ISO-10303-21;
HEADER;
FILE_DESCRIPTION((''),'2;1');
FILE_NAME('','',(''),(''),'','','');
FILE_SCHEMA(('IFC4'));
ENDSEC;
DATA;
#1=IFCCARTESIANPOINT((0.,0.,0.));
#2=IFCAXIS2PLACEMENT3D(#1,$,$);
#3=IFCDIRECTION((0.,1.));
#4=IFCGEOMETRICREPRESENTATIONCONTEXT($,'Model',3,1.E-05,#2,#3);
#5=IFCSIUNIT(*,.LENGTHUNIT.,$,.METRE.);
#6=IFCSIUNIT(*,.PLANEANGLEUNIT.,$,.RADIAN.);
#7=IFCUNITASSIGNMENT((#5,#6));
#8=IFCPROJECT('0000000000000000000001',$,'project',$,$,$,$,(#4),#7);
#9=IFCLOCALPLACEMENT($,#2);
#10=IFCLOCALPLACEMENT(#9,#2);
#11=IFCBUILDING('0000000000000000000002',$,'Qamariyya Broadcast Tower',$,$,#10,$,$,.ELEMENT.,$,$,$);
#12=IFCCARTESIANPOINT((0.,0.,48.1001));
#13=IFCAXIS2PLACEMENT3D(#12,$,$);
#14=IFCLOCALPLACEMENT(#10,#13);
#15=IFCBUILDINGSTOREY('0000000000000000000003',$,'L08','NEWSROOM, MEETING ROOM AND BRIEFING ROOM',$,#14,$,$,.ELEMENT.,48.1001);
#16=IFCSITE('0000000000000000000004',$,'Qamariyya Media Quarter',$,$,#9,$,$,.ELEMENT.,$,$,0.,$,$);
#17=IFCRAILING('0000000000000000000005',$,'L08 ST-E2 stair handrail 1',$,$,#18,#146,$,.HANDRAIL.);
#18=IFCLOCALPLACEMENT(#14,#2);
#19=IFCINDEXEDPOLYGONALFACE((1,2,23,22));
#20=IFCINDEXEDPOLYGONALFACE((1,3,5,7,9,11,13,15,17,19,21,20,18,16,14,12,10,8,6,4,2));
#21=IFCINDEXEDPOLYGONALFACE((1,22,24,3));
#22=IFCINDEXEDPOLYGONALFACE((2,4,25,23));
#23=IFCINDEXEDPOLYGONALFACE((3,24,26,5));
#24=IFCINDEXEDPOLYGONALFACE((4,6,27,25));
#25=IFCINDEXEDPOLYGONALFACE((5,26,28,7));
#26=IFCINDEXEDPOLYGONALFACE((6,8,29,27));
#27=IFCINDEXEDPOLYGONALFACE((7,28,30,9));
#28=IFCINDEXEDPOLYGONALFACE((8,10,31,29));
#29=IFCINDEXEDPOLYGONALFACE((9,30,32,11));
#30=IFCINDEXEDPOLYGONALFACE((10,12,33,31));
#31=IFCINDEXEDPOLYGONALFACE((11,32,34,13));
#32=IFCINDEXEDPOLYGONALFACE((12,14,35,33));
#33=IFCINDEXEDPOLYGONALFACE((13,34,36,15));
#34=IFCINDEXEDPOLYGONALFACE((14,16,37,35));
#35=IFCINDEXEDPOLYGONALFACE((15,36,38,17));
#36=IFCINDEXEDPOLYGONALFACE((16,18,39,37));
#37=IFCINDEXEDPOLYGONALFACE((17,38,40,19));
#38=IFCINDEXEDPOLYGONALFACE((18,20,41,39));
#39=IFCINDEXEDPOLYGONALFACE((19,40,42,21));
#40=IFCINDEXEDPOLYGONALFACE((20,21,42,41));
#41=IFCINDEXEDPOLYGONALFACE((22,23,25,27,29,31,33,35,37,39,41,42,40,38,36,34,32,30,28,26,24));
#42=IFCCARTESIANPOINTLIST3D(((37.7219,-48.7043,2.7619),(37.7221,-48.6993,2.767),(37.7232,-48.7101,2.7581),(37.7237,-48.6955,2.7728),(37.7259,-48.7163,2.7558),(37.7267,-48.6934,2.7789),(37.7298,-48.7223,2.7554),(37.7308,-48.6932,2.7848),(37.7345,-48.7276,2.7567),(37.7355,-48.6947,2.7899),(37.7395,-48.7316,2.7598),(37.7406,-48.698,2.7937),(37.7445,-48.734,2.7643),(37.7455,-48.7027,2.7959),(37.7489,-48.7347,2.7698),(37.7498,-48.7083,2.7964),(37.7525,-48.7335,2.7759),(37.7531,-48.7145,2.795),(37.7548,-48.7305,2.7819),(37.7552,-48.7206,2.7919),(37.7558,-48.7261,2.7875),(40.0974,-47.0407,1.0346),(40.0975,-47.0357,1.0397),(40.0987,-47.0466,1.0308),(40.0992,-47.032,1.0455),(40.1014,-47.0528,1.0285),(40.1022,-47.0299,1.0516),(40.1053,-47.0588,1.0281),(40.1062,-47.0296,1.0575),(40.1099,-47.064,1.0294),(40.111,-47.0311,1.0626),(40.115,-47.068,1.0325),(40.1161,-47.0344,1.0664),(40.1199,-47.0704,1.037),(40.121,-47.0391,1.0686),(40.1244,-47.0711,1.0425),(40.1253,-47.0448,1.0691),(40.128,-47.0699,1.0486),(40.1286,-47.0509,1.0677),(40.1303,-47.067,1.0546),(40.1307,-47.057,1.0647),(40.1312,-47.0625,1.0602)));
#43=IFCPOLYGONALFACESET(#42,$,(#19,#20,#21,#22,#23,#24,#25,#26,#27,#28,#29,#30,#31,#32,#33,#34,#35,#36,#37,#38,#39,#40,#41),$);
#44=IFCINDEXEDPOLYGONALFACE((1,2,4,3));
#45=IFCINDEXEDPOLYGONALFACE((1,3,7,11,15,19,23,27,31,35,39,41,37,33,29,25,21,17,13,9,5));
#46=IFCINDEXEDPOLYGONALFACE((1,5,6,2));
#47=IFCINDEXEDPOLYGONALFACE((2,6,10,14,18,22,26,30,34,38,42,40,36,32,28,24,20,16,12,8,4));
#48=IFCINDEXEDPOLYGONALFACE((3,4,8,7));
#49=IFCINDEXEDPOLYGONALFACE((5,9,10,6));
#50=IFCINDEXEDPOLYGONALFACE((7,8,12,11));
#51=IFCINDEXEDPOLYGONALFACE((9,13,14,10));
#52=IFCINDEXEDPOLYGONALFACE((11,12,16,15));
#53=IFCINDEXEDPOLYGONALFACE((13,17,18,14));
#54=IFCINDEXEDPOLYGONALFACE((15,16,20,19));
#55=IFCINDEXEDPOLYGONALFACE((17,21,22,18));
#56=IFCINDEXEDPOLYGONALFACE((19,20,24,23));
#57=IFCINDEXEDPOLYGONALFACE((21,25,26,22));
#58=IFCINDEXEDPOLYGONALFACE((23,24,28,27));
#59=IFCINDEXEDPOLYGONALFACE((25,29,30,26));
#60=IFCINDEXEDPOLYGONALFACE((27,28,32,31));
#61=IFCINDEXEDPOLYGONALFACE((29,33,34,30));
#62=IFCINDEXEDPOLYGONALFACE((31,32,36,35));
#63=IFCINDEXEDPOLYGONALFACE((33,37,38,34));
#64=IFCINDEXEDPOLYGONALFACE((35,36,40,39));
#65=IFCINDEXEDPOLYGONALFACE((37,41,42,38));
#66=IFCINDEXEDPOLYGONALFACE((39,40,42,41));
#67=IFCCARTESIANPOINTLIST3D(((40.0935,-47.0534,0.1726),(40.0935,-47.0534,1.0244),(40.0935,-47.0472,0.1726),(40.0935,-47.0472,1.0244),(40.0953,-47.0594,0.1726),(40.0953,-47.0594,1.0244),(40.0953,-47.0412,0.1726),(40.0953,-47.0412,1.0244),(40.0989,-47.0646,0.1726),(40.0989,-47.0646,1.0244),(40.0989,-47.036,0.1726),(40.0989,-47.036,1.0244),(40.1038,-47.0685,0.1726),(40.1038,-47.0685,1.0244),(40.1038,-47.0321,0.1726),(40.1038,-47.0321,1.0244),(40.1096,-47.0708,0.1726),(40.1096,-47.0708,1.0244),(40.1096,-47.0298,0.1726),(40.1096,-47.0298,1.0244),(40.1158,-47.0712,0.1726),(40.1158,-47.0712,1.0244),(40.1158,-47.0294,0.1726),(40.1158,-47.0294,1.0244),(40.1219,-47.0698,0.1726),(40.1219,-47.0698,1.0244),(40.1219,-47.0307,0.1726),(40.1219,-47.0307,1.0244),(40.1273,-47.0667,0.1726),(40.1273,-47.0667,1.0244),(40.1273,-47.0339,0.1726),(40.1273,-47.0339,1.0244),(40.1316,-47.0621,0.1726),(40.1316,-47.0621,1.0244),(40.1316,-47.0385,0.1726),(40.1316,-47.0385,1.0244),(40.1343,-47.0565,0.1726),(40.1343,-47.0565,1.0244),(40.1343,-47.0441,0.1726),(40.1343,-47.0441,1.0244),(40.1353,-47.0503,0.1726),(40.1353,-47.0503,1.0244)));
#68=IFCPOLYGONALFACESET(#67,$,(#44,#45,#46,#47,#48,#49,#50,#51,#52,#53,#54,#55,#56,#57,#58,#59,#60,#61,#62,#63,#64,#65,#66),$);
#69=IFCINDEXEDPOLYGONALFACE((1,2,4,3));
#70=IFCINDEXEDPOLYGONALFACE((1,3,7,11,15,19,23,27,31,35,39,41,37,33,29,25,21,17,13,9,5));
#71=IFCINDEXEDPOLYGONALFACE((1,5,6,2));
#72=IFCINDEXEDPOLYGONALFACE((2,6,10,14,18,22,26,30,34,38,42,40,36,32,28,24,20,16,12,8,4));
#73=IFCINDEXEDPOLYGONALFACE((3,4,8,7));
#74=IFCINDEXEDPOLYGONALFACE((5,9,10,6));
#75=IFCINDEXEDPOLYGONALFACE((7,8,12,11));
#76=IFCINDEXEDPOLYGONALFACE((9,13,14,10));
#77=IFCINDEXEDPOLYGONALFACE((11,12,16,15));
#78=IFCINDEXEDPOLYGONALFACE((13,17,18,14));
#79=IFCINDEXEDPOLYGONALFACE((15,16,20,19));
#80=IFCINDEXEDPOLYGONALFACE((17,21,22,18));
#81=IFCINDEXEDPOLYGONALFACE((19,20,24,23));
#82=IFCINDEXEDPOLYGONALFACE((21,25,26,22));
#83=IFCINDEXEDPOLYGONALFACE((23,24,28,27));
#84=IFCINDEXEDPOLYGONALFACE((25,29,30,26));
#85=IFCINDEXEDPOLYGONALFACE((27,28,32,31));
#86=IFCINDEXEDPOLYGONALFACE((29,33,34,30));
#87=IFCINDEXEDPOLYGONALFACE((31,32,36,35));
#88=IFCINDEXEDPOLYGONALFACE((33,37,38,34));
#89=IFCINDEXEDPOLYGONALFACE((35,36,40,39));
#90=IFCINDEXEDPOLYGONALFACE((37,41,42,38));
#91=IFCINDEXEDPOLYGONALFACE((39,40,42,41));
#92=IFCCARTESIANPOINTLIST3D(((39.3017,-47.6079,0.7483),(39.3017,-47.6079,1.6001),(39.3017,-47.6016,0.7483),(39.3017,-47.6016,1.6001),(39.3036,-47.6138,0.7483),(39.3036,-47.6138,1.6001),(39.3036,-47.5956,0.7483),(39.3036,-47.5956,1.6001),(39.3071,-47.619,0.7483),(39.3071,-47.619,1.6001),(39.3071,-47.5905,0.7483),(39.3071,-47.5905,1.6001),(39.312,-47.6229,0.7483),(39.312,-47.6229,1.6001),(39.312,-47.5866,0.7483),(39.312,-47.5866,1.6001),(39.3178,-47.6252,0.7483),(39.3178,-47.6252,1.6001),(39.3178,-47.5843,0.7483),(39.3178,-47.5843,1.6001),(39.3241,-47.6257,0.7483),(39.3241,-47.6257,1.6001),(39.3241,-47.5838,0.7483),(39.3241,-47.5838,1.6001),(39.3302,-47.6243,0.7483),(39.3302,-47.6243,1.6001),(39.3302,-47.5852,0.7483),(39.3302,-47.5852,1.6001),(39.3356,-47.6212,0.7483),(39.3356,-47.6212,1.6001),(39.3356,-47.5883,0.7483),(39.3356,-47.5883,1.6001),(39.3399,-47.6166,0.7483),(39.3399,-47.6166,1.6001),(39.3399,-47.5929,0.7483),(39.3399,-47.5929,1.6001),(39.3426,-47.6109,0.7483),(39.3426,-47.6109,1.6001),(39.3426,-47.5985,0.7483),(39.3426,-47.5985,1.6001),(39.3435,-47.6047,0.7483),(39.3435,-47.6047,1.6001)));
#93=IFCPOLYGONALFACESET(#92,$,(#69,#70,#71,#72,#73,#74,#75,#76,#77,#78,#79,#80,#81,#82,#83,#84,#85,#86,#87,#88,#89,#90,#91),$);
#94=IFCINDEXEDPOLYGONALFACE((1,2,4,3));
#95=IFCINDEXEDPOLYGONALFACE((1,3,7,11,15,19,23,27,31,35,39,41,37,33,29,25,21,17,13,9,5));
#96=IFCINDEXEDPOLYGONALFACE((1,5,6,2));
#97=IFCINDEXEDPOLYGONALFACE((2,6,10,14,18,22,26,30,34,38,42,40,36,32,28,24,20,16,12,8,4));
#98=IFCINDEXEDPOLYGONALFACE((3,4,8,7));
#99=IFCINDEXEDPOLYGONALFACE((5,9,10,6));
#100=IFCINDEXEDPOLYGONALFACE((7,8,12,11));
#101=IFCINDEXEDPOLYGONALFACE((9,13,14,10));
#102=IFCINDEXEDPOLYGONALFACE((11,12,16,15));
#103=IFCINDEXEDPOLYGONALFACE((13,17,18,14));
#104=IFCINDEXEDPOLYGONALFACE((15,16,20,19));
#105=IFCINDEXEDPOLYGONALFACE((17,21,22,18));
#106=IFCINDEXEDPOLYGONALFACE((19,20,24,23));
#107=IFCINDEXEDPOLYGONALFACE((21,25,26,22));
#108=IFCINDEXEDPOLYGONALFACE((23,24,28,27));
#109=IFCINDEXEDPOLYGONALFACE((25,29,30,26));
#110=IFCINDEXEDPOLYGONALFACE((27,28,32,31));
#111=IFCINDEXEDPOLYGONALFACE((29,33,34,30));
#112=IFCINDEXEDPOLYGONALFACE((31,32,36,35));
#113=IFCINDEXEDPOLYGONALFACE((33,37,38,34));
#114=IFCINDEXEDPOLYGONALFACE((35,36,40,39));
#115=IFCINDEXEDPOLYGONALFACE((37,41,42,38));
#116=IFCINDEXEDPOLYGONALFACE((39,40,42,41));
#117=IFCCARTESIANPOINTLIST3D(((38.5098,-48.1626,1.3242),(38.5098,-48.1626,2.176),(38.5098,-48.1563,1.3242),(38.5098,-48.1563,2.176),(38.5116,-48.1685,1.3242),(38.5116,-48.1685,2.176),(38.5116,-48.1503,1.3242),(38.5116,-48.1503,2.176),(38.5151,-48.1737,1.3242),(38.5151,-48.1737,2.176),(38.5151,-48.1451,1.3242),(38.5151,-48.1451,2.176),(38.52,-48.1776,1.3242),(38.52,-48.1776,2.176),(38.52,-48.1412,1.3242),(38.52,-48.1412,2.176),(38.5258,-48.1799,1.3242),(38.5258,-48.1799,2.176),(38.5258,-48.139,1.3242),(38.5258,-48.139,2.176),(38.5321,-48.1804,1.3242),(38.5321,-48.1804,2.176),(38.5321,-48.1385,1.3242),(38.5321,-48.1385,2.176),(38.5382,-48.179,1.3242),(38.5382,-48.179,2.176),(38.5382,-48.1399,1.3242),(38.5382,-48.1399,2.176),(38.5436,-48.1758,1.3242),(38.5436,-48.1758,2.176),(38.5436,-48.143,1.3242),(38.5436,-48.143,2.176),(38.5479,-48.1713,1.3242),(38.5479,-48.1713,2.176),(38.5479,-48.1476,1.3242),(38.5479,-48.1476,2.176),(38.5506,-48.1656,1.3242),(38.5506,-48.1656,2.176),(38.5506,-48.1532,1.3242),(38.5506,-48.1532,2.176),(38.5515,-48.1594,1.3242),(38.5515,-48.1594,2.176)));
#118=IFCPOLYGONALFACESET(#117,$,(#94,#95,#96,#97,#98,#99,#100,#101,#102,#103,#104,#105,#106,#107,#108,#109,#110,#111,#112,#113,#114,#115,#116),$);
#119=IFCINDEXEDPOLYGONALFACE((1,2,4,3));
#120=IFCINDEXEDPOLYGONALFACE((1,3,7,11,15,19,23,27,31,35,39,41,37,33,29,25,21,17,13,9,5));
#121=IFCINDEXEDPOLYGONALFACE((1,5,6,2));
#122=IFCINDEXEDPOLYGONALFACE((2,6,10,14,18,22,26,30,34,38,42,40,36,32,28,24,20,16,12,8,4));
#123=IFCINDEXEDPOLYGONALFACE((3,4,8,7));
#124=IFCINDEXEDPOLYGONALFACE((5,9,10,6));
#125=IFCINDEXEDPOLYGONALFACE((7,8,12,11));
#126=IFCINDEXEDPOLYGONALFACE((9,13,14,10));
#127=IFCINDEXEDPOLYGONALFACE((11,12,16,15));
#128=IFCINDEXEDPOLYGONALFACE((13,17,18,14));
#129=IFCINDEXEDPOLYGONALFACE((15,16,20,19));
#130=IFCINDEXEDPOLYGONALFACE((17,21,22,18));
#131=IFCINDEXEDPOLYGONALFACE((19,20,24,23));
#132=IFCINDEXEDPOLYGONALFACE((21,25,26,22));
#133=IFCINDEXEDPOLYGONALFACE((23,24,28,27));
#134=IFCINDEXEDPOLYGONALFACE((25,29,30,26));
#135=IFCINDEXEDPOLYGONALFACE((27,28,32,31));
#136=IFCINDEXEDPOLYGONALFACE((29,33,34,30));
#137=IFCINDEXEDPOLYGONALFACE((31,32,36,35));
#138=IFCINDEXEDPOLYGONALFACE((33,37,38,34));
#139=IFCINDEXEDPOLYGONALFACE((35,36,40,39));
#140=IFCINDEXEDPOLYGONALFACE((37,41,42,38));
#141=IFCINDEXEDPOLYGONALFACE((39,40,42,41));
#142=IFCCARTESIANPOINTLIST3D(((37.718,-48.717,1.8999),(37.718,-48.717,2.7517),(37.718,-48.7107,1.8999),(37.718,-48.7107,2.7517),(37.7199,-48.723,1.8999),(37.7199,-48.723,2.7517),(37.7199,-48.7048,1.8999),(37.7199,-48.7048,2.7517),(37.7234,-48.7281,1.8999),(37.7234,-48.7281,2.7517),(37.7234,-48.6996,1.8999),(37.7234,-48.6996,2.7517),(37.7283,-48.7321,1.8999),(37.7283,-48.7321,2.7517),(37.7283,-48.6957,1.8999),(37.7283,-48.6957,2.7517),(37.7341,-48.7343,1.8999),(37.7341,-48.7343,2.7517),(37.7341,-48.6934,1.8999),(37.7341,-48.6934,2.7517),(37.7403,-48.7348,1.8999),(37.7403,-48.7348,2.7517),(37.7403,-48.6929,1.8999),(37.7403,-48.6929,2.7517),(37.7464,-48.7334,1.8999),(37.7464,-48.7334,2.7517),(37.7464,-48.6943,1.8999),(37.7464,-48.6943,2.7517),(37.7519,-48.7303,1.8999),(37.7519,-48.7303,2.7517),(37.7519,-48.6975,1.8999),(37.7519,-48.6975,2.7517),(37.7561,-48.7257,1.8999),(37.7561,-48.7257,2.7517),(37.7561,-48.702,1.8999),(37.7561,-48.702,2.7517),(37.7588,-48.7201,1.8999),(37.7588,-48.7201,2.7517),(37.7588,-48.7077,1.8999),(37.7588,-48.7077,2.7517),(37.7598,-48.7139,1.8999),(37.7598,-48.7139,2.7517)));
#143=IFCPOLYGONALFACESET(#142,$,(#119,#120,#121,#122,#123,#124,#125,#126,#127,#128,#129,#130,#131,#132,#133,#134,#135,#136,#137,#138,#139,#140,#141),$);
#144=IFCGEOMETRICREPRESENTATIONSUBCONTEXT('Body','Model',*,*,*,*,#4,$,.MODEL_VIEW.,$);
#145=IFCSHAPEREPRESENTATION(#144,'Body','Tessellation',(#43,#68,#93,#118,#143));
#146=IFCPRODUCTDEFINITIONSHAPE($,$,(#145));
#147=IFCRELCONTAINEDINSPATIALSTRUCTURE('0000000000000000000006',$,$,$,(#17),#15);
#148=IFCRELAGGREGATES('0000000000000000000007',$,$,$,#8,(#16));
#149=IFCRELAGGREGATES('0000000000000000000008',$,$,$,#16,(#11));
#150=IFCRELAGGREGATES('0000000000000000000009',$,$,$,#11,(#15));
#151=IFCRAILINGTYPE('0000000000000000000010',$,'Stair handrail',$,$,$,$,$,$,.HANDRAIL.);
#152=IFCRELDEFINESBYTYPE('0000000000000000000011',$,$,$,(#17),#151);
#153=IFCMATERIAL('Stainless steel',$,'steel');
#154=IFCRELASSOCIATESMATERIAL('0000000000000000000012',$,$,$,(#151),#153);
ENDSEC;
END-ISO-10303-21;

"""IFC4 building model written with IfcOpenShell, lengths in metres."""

from ifc_helpers import new_model, si_unit, direction, frame, origin, origin_2d, place, context, subcontext, project, spatial, circle, extrude, material, type_object, element, save


model = new_model("IFC4")

# Units and contexts
model_context = context("Model", 3, precision=1e-05, world=origin(), true_north=direction((0.0, 1.0)))
body_context = subcontext(model_context, "Body", "Model", "MODEL_VIEW")
ifc_project = project(units=[si_unit("LENGTHUNIT", "METRE"), si_unit("PLANEANGLEUNIT", "RADIAN")], contexts=[model_context])

# Site, building, storey
site_placement = place(None, origin())
site = spatial("IfcSite", under=ifc_project, at=site_placement, Name="Qamariyya Media Quarter", CompositionType="ELEMENT", RefElevation=0.0)
building_placement = place(site_placement, origin())
building = spatial("IfcBuilding", under=site, at=building_placement, Name="Qamariyya Broadcast Tower", CompositionType="ELEMENT")
storey_placement = place(building_placement, frame((0.0, 0.0, 48.1001)))
storey = spatial("IfcBuildingStorey", under=building, at=storey_placement, Name="L08", Description="NEWSROOM, MEETING ROOM AND BRIEFING ROOM", CompositionType="ELEMENT", Elevation=48.1001)

# Railing
ifc_material_1 = material(Name="Stainless steel", Category="steel")
railing_type_1 = type_object("IfcRailingType", Name="Stair handrail", PredefinedType="HANDRAIL", material=ifc_material_1)
railing_1_placement = place(storey_placement, frame((40.1143, -47.0503, 0.1726)))
element("IfcRailing", 1, at=railing_1_placement, inside=storey, type_object=railing_type_1, Name="L08 ST-E2 stair handrail 1", PredefinedType="HANDRAIL", context=body_context, shape_type="SweptSolid", body=[
    extrude(circle(Radius=0.0239, at=origin_2d()), frame((0.0, 0.0, 0.876), z_axis=(-0.703745, -0.492838, 0.511716), x_axis=(0.573632, -0.819113, 0.0)), (0.0, 0.0, 1.0), 3.3755),
    extrude(circle(Radius=0.021, at=origin_2d()), origin(), (0.0, 0.0, 1.0), 0.8518),
    extrude(circle(Radius=0.021, at=origin_2d()), frame((-0.7917, -0.5544, 0.5757)), (0.0, 0.0, 1.0), 0.8518),
    extrude(circle(Radius=0.021, at=origin_2d()), frame((-1.5837, -1.1091, 1.1516)), (0.0, 0.0, 1.0), 0.8518),
    extrude(circle(Radius=0.021, at=origin_2d()), frame((-2.3755, -1.6636, 1.7273)), (0.0, 0.0, 1.0), 0.8518),
])

save(model, "model.ifc")
